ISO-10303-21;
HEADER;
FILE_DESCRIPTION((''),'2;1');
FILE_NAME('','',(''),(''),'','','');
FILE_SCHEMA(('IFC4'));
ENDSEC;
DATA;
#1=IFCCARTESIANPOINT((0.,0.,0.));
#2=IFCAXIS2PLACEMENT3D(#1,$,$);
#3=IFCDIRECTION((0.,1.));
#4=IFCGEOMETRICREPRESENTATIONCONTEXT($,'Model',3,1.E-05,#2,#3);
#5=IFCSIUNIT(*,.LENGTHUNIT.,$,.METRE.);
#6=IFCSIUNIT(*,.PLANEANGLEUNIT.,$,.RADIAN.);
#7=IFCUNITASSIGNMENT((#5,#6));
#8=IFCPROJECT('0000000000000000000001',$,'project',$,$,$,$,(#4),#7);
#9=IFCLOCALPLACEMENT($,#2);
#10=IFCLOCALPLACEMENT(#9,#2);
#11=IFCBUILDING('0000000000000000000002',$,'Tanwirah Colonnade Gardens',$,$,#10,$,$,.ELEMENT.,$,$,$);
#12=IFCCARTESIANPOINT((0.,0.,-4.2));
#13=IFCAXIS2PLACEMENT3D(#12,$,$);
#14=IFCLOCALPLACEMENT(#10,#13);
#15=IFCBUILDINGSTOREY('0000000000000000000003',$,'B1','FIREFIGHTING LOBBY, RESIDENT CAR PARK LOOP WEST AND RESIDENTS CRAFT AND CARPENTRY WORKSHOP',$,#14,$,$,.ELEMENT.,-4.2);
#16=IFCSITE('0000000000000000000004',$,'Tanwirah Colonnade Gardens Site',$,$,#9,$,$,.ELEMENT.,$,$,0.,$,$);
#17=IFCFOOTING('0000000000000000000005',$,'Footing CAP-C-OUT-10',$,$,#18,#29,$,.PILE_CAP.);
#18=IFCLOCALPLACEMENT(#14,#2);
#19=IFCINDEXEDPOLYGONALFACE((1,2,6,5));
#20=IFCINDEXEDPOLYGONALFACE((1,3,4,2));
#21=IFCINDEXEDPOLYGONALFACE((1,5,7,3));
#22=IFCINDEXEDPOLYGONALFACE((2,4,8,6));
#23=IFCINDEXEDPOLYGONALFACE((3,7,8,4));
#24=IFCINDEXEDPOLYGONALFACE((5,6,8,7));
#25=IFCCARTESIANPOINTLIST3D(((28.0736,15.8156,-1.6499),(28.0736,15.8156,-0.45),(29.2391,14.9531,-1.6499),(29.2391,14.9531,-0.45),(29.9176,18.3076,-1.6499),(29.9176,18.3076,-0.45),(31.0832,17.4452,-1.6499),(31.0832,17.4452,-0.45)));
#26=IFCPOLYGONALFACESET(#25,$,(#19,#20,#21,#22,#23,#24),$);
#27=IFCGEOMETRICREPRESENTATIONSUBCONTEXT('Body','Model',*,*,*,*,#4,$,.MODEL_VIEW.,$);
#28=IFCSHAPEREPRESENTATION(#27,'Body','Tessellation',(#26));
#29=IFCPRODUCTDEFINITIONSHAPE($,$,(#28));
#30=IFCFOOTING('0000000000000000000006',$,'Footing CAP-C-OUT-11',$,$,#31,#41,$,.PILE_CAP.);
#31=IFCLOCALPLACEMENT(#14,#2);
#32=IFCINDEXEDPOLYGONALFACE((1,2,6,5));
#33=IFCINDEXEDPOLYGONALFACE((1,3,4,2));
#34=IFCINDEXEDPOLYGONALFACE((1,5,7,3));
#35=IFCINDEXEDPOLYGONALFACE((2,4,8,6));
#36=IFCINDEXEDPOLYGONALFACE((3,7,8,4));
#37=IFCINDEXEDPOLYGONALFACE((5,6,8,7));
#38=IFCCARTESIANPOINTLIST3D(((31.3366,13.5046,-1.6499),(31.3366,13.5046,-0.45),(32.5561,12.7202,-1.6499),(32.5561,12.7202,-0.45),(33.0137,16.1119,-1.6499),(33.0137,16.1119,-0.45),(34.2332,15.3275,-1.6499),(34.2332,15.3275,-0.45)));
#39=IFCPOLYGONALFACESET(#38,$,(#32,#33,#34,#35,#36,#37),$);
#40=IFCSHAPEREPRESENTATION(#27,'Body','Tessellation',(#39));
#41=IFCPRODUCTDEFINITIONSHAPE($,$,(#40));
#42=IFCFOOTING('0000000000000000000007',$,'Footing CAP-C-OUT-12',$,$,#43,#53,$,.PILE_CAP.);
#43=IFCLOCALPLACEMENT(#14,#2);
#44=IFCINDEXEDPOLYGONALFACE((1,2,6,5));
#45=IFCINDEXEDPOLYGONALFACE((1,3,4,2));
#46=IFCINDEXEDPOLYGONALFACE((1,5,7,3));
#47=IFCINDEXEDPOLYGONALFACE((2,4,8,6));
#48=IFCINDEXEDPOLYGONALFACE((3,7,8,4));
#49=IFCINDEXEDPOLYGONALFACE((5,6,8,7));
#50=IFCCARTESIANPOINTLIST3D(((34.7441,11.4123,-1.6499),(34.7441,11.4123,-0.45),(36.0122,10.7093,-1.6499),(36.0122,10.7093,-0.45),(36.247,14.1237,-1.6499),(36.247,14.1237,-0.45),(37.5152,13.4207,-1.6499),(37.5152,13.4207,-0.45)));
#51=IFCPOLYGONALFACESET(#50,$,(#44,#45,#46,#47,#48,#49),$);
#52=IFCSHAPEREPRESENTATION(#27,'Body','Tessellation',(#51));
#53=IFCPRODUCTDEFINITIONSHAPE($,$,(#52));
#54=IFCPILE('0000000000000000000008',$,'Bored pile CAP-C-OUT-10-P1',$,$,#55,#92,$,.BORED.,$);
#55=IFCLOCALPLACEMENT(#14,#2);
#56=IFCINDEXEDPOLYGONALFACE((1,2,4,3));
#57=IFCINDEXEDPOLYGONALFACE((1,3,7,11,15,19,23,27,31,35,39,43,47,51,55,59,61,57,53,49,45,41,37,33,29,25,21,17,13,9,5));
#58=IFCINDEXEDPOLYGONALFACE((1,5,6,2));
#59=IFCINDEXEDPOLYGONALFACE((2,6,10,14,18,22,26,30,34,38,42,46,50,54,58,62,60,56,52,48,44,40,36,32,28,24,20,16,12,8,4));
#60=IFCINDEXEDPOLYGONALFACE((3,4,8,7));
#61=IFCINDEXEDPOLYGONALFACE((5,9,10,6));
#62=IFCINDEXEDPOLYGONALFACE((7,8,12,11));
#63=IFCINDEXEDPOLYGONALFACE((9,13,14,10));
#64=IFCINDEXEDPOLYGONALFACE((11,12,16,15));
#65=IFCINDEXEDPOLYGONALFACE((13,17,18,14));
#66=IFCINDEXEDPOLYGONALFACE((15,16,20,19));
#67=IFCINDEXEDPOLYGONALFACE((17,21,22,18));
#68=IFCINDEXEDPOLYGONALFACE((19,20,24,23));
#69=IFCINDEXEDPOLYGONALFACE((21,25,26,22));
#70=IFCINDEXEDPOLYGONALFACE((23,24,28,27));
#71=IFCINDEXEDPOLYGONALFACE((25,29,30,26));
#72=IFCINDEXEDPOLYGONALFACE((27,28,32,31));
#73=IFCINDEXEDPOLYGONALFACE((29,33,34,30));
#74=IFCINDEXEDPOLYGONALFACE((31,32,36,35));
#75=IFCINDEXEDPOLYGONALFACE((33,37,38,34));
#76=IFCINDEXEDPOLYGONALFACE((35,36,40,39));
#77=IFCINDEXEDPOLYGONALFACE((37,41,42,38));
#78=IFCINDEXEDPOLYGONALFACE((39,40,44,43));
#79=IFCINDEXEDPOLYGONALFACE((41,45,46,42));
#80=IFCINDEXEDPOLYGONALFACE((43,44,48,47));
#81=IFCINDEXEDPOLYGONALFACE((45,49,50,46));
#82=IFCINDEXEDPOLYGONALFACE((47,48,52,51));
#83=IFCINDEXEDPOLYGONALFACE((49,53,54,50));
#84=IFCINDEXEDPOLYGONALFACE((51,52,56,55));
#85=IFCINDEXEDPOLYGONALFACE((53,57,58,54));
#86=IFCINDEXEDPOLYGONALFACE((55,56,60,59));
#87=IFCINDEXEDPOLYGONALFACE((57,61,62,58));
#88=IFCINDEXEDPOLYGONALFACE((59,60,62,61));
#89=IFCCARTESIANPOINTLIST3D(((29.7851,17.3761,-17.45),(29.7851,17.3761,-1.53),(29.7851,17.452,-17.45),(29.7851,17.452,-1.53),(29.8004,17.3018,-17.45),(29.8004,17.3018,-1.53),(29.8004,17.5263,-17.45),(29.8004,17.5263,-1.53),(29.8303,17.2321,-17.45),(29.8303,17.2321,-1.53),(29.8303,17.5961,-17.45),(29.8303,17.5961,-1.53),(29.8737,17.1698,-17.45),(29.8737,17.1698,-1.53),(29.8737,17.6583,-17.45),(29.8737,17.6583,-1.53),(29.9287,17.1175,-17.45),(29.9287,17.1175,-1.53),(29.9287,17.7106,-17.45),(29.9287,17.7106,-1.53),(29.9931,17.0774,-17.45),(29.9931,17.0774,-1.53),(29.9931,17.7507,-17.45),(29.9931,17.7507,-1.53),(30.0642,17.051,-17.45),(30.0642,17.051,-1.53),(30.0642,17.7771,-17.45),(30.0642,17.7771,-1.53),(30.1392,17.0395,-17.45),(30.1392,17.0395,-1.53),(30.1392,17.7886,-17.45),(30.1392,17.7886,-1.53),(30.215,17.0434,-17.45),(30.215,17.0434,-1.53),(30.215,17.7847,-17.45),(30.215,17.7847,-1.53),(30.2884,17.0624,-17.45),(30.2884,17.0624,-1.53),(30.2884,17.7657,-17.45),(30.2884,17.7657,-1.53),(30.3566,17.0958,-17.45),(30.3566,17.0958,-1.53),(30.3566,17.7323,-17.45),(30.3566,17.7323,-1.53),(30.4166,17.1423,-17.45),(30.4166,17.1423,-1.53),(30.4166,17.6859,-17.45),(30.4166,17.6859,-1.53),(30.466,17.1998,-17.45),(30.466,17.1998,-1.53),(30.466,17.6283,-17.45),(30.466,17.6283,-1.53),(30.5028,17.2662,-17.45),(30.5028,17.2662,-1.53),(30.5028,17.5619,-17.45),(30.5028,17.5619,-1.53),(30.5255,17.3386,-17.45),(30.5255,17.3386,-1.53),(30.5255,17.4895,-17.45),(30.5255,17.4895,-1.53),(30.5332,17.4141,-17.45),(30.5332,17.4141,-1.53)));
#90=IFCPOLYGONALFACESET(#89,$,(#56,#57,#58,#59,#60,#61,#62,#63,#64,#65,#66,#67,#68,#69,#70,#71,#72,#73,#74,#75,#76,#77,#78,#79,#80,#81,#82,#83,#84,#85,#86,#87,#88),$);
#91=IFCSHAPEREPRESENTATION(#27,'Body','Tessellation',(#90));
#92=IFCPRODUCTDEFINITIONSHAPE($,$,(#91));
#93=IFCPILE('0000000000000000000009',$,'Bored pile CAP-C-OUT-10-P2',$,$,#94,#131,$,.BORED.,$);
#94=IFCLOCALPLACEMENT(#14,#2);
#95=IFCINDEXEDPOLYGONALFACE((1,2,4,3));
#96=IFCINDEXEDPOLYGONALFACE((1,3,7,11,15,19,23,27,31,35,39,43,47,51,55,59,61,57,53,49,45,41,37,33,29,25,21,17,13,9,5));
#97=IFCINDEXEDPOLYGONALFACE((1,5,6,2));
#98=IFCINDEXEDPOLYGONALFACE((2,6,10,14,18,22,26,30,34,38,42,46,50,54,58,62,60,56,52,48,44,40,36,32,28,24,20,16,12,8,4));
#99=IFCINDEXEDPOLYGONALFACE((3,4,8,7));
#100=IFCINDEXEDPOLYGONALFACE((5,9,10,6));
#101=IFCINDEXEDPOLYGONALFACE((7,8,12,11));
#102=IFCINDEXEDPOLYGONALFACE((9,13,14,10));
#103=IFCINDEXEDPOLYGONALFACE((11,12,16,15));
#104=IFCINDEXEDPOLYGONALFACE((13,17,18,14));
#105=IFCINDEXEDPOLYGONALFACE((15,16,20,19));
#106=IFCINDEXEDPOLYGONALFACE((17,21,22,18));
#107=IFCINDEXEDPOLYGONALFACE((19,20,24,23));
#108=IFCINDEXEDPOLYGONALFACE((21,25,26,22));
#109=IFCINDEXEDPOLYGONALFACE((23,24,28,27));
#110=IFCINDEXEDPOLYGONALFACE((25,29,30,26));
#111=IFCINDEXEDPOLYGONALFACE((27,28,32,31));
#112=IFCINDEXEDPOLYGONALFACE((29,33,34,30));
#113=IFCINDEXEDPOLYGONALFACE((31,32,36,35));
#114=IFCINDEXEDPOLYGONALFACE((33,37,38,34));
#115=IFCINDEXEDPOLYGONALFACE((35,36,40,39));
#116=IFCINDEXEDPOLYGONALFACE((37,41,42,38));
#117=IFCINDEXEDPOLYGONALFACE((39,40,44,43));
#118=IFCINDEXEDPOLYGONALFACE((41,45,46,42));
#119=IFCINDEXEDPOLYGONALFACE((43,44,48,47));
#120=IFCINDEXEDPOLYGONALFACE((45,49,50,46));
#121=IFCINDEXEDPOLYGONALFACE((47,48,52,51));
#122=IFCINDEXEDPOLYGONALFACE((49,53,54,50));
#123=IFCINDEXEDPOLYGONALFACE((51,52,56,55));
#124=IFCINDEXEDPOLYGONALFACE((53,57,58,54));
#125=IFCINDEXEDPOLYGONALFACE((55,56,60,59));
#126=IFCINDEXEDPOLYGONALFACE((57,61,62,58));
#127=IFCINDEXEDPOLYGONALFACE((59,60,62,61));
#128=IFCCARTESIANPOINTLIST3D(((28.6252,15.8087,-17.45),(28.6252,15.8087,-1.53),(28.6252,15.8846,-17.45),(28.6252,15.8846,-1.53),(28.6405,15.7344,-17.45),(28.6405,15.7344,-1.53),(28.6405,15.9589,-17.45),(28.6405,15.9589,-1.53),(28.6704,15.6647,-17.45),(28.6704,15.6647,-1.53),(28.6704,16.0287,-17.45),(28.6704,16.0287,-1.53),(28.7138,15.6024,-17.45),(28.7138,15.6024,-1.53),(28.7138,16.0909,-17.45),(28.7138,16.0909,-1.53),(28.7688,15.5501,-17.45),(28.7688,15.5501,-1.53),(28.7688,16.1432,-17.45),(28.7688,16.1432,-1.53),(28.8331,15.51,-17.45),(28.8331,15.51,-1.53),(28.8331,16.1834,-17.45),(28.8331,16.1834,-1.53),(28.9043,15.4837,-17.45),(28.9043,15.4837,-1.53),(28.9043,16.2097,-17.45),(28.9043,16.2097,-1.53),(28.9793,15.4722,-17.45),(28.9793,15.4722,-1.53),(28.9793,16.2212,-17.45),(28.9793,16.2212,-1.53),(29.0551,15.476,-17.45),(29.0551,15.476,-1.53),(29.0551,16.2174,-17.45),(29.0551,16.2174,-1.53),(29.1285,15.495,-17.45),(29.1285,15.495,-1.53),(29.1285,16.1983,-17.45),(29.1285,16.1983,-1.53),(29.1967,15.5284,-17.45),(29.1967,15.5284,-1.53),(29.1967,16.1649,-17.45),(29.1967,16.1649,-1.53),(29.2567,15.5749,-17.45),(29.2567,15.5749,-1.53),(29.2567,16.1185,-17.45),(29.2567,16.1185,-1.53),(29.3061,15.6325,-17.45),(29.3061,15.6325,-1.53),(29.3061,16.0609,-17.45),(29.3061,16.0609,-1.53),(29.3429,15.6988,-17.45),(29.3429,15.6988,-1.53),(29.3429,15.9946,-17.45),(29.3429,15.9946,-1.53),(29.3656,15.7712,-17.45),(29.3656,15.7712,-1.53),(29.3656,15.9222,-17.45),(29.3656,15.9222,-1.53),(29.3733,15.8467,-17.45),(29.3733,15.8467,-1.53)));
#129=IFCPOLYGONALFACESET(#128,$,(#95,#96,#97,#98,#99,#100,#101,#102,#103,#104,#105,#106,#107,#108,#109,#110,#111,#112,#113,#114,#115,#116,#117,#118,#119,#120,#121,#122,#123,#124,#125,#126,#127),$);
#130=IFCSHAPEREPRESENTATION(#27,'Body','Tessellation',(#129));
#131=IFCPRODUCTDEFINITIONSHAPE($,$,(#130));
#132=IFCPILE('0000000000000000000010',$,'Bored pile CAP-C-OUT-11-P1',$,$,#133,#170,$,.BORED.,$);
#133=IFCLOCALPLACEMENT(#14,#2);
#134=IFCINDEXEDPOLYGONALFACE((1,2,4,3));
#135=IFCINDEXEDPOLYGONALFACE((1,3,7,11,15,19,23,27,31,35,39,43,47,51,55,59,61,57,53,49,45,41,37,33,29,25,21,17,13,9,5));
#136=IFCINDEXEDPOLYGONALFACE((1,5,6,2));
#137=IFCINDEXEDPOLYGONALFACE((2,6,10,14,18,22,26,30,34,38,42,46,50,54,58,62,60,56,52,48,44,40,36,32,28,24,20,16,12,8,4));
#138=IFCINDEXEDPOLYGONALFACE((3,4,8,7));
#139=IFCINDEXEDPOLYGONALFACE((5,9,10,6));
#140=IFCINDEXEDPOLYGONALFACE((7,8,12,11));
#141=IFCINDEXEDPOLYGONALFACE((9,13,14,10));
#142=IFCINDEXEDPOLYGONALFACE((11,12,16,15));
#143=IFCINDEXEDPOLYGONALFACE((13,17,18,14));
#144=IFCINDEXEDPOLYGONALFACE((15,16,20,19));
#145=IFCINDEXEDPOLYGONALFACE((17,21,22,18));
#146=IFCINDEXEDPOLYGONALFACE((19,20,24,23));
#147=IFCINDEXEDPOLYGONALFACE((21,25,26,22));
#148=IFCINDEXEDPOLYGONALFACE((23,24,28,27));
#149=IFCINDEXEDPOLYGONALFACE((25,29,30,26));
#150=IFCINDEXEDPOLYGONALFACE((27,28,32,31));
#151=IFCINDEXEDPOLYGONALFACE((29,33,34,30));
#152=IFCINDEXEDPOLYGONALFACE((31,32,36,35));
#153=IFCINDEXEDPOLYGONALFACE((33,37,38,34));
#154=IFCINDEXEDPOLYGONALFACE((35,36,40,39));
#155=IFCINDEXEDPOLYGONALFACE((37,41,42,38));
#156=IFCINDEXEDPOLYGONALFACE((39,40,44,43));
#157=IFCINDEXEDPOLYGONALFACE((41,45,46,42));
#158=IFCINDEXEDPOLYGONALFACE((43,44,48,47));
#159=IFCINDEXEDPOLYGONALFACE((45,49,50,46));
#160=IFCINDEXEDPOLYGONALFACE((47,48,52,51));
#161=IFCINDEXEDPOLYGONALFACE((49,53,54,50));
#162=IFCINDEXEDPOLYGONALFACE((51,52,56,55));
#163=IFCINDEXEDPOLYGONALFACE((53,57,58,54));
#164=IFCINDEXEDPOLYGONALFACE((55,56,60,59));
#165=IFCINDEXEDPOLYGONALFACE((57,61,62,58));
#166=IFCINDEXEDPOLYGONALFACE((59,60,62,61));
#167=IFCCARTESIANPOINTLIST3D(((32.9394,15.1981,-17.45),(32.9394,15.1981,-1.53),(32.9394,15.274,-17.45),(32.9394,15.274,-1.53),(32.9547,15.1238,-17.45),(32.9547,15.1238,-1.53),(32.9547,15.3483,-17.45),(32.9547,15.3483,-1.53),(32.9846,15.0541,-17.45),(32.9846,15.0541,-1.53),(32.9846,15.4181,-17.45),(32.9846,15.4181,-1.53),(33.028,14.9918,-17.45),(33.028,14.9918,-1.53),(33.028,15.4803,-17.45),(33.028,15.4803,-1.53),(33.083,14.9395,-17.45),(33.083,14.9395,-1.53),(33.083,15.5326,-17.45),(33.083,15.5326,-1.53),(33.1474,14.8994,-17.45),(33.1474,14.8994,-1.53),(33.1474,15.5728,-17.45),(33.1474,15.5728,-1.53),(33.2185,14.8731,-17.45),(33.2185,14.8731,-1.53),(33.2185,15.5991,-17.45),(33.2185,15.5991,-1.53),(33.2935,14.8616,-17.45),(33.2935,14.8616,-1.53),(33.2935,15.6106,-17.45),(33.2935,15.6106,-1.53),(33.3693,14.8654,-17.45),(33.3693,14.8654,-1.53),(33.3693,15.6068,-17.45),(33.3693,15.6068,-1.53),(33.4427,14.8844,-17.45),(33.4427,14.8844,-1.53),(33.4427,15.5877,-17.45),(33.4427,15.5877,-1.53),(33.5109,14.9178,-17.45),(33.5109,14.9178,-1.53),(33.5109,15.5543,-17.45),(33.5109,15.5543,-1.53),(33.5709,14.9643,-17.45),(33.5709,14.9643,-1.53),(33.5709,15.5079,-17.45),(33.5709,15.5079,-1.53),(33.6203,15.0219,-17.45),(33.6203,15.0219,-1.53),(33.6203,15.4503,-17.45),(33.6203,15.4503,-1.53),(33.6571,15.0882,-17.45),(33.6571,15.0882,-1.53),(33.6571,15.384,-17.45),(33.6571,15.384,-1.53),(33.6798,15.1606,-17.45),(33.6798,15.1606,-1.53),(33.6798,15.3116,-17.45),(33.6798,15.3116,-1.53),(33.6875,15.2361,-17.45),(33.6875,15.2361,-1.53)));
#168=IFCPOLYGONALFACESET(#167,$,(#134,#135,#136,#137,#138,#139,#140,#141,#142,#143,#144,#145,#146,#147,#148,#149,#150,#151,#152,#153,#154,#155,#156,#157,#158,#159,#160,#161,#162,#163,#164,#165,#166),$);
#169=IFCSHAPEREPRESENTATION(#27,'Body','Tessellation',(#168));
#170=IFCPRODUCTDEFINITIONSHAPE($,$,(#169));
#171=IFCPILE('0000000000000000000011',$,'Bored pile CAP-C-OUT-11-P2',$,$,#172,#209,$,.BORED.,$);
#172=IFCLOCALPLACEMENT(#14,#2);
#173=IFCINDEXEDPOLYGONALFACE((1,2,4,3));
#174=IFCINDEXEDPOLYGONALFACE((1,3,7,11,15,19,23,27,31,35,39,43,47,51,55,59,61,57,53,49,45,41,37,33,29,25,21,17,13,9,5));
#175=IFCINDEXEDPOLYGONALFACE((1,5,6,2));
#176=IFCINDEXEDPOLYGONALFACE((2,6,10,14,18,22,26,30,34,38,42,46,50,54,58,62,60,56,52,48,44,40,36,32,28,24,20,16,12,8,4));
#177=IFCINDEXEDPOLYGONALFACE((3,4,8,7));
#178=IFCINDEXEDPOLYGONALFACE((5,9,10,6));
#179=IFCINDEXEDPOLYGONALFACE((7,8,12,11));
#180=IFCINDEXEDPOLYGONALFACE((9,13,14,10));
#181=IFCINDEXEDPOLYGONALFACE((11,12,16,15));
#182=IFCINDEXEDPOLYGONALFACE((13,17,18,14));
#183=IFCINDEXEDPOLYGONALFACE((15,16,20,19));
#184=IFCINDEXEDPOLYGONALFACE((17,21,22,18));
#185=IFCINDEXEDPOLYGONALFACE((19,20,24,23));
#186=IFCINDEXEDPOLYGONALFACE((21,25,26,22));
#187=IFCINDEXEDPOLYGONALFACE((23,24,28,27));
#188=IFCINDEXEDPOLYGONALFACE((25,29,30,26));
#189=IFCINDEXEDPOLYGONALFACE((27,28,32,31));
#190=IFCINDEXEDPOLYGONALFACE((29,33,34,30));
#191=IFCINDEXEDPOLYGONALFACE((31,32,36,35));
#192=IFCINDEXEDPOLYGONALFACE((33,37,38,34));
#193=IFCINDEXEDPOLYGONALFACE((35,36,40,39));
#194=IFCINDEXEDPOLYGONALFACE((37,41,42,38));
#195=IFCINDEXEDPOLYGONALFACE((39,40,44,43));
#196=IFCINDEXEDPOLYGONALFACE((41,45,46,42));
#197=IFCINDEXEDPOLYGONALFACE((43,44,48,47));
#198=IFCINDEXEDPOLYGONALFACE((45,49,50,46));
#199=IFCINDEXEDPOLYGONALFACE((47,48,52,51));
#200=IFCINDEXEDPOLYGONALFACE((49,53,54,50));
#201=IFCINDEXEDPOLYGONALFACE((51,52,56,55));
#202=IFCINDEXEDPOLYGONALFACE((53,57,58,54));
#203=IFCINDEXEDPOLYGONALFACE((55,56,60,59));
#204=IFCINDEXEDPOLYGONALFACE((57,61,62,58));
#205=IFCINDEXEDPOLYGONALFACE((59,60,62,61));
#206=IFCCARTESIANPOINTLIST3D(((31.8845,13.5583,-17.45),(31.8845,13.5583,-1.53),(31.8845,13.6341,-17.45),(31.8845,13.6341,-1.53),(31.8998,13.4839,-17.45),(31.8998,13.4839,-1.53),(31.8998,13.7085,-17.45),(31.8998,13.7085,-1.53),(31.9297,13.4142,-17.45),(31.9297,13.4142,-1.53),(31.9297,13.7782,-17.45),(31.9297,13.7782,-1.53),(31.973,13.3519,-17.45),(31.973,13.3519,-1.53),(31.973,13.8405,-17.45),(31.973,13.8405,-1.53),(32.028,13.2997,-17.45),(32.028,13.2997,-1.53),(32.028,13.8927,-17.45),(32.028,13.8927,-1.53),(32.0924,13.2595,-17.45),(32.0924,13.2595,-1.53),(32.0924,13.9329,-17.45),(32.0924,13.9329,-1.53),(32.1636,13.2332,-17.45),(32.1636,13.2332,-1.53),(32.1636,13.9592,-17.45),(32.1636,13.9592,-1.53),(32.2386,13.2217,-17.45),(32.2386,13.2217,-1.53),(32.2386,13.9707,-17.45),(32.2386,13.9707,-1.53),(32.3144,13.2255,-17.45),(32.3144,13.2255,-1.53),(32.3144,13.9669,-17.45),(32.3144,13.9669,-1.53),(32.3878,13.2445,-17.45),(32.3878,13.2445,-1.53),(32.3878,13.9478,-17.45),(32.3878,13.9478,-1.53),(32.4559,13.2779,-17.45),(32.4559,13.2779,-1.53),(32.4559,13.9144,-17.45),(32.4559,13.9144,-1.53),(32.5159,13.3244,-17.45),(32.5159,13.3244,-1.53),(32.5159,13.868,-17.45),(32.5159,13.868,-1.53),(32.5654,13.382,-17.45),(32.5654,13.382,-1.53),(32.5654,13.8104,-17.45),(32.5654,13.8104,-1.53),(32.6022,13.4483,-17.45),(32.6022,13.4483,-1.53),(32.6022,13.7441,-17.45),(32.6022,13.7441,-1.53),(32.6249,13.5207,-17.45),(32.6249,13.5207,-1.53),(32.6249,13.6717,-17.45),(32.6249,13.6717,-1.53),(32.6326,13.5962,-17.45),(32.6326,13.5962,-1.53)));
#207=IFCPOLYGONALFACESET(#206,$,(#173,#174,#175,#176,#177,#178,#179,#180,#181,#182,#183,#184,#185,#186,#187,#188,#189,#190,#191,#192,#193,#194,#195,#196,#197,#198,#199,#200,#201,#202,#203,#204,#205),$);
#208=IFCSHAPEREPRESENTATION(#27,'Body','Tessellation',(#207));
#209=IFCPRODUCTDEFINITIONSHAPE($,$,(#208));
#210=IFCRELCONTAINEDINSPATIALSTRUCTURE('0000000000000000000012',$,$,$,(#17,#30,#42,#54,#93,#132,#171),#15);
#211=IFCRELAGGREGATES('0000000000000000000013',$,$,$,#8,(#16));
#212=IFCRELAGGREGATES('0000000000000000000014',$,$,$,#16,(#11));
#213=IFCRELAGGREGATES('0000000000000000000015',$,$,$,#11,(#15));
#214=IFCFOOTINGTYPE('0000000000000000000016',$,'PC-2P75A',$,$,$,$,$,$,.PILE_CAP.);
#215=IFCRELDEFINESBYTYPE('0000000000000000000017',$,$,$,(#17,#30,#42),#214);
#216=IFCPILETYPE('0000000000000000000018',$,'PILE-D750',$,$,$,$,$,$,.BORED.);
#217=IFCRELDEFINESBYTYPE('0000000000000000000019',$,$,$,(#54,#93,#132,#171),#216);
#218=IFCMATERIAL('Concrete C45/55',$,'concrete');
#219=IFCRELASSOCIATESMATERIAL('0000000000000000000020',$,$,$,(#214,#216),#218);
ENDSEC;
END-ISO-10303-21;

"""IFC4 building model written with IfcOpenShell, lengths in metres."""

from ifc_helpers import new_model, si_unit, direction, frame, origin, origin_2d, place, context, subcontext, project, spatial, rectangle, circle, extrude, material, material_profile, profile_set, type_object, element, save


model = new_model("IFC4")

# Units and contexts
model_context = context("Model", 3, precision=1e-05, world=origin(), true_north=direction((0.0, 1.0)))
body_context = subcontext(model_context, "Body", "Model", "MODEL_VIEW")
ifc_project = project(units=[si_unit("LENGTHUNIT", "METRE"), si_unit("PLANEANGLEUNIT", "RADIAN")], contexts=[model_context])

# Site, building, storey
site_placement = place(None, origin())
site = spatial("IfcSite", under=ifc_project, at=site_placement, Name="Tanwirah Colonnade Gardens Site", CompositionType="ELEMENT", RefElevation=0.0)
building_placement = place(site_placement, origin())
building = spatial("IfcBuilding", under=site, at=building_placement, Name="Tanwirah Colonnade Gardens", CompositionType="ELEMENT")
storey_placement = place(building_placement, frame((0.0, 0.0, -4.2)))
storey = spatial("IfcBuildingStorey", under=building, at=storey_placement, Name="B1", Description="FIREFIGHTING LOBBY, RESIDENT CAR PARK LOOP WEST AND RESIDENTS CRAFT AND CARPENTRY WORKSHOP", CompositionType="ELEMENT", Elevation=-4.2)

# Footings
ifc_material_1 = material(Name="Concrete C45/55", Category="concrete")
footing_type = type_object("IfcFootingType", Name="PC-2P75A", PredefinedType="PILE_CAP", material=ifc_material_1)
for number, where, z_axis, x_axis, name in (
    (1, (29.5784, 16.6304, -1.6499), (0.0, 0.0, 1.0), (-0.594823, -0.803857, 0.0), "Footing CAP-C-OUT-10"),
    (2, (32.7849, 14.416, -1.6499), (0.0, 0.0, 1.0), (-0.540974, -0.841039, 0.0), "Footing CAP-C-OUT-11"),
    (3, (36.1296, 12.4165, -1.6499), (0.0, 0.0, 1.0), (-0.48481, -0.87462, 0.0), "Footing CAP-C-OUT-12"),
):
    element("IfcFooting", number, at=place(storey_placement, frame(where, z_axis=z_axis, x_axis=x_axis)), inside=storey, type_object=footing_type, Name=name, PredefinedType="PILE_CAP", context=body_context, shape_type="SweptSolid", body=[
        extrude(rectangle(XDim=3.1001, YDim=1.45, at=origin_2d()), origin(), (0.0, 0.0, 1.0), 1.2),
    ])

# Piles
ifc_material_profile_1 = material_profile(ifc_material_1, circle(Radius=0.375, at=origin_2d()), Name="PILE D750")
ifc_profile_set_1 = profile_set([ifc_material_profile_1], Name="Concrete C45/55")
pile_type_1 = type_object("IfcPileType", Name="PILE-D750", PredefinedType="BORED", material=ifc_profile_set_1)
for number, where, z_axis, x_axis, name in (
    (4, (30.1582, 17.4141, -1.53), (0.0, 0.0, -1.0), (1.0, 0.0, 0.0), "Bored pile CAP-C-OUT-10-P1"),
    (5, (28.9983, 15.8467, -1.53), (0.0, 0.0, -1.0), (1.0, 0.0, 0.0), "Bored pile CAP-C-OUT-10-P2"),
    (6, (33.3125, 15.2361, -1.53), (0.0, 0.0, -1.0), (1.0, 0.0, 0.0), "Bored pile CAP-C-OUT-11-P1"),
    (7, (32.2576, 13.5962, -1.53), (0.0, 0.0, -1.0), (1.0, 0.0, 0.0), "Bored pile CAP-C-OUT-11-P2"),
):
    element("IfcPile", number, at=place(storey_placement, frame(where, z_axis=z_axis, x_axis=x_axis)), inside=storey, type_object=pile_type_1, Name=name, PredefinedType="BORED", context=body_context, shape_type="SweptSolid", body=[
        extrude(circle(Radius=0.375, at=origin_2d()), origin(), (0.0, 0.0, 1.0), 15.9199),
    ])

save(model, "model.ifc")
